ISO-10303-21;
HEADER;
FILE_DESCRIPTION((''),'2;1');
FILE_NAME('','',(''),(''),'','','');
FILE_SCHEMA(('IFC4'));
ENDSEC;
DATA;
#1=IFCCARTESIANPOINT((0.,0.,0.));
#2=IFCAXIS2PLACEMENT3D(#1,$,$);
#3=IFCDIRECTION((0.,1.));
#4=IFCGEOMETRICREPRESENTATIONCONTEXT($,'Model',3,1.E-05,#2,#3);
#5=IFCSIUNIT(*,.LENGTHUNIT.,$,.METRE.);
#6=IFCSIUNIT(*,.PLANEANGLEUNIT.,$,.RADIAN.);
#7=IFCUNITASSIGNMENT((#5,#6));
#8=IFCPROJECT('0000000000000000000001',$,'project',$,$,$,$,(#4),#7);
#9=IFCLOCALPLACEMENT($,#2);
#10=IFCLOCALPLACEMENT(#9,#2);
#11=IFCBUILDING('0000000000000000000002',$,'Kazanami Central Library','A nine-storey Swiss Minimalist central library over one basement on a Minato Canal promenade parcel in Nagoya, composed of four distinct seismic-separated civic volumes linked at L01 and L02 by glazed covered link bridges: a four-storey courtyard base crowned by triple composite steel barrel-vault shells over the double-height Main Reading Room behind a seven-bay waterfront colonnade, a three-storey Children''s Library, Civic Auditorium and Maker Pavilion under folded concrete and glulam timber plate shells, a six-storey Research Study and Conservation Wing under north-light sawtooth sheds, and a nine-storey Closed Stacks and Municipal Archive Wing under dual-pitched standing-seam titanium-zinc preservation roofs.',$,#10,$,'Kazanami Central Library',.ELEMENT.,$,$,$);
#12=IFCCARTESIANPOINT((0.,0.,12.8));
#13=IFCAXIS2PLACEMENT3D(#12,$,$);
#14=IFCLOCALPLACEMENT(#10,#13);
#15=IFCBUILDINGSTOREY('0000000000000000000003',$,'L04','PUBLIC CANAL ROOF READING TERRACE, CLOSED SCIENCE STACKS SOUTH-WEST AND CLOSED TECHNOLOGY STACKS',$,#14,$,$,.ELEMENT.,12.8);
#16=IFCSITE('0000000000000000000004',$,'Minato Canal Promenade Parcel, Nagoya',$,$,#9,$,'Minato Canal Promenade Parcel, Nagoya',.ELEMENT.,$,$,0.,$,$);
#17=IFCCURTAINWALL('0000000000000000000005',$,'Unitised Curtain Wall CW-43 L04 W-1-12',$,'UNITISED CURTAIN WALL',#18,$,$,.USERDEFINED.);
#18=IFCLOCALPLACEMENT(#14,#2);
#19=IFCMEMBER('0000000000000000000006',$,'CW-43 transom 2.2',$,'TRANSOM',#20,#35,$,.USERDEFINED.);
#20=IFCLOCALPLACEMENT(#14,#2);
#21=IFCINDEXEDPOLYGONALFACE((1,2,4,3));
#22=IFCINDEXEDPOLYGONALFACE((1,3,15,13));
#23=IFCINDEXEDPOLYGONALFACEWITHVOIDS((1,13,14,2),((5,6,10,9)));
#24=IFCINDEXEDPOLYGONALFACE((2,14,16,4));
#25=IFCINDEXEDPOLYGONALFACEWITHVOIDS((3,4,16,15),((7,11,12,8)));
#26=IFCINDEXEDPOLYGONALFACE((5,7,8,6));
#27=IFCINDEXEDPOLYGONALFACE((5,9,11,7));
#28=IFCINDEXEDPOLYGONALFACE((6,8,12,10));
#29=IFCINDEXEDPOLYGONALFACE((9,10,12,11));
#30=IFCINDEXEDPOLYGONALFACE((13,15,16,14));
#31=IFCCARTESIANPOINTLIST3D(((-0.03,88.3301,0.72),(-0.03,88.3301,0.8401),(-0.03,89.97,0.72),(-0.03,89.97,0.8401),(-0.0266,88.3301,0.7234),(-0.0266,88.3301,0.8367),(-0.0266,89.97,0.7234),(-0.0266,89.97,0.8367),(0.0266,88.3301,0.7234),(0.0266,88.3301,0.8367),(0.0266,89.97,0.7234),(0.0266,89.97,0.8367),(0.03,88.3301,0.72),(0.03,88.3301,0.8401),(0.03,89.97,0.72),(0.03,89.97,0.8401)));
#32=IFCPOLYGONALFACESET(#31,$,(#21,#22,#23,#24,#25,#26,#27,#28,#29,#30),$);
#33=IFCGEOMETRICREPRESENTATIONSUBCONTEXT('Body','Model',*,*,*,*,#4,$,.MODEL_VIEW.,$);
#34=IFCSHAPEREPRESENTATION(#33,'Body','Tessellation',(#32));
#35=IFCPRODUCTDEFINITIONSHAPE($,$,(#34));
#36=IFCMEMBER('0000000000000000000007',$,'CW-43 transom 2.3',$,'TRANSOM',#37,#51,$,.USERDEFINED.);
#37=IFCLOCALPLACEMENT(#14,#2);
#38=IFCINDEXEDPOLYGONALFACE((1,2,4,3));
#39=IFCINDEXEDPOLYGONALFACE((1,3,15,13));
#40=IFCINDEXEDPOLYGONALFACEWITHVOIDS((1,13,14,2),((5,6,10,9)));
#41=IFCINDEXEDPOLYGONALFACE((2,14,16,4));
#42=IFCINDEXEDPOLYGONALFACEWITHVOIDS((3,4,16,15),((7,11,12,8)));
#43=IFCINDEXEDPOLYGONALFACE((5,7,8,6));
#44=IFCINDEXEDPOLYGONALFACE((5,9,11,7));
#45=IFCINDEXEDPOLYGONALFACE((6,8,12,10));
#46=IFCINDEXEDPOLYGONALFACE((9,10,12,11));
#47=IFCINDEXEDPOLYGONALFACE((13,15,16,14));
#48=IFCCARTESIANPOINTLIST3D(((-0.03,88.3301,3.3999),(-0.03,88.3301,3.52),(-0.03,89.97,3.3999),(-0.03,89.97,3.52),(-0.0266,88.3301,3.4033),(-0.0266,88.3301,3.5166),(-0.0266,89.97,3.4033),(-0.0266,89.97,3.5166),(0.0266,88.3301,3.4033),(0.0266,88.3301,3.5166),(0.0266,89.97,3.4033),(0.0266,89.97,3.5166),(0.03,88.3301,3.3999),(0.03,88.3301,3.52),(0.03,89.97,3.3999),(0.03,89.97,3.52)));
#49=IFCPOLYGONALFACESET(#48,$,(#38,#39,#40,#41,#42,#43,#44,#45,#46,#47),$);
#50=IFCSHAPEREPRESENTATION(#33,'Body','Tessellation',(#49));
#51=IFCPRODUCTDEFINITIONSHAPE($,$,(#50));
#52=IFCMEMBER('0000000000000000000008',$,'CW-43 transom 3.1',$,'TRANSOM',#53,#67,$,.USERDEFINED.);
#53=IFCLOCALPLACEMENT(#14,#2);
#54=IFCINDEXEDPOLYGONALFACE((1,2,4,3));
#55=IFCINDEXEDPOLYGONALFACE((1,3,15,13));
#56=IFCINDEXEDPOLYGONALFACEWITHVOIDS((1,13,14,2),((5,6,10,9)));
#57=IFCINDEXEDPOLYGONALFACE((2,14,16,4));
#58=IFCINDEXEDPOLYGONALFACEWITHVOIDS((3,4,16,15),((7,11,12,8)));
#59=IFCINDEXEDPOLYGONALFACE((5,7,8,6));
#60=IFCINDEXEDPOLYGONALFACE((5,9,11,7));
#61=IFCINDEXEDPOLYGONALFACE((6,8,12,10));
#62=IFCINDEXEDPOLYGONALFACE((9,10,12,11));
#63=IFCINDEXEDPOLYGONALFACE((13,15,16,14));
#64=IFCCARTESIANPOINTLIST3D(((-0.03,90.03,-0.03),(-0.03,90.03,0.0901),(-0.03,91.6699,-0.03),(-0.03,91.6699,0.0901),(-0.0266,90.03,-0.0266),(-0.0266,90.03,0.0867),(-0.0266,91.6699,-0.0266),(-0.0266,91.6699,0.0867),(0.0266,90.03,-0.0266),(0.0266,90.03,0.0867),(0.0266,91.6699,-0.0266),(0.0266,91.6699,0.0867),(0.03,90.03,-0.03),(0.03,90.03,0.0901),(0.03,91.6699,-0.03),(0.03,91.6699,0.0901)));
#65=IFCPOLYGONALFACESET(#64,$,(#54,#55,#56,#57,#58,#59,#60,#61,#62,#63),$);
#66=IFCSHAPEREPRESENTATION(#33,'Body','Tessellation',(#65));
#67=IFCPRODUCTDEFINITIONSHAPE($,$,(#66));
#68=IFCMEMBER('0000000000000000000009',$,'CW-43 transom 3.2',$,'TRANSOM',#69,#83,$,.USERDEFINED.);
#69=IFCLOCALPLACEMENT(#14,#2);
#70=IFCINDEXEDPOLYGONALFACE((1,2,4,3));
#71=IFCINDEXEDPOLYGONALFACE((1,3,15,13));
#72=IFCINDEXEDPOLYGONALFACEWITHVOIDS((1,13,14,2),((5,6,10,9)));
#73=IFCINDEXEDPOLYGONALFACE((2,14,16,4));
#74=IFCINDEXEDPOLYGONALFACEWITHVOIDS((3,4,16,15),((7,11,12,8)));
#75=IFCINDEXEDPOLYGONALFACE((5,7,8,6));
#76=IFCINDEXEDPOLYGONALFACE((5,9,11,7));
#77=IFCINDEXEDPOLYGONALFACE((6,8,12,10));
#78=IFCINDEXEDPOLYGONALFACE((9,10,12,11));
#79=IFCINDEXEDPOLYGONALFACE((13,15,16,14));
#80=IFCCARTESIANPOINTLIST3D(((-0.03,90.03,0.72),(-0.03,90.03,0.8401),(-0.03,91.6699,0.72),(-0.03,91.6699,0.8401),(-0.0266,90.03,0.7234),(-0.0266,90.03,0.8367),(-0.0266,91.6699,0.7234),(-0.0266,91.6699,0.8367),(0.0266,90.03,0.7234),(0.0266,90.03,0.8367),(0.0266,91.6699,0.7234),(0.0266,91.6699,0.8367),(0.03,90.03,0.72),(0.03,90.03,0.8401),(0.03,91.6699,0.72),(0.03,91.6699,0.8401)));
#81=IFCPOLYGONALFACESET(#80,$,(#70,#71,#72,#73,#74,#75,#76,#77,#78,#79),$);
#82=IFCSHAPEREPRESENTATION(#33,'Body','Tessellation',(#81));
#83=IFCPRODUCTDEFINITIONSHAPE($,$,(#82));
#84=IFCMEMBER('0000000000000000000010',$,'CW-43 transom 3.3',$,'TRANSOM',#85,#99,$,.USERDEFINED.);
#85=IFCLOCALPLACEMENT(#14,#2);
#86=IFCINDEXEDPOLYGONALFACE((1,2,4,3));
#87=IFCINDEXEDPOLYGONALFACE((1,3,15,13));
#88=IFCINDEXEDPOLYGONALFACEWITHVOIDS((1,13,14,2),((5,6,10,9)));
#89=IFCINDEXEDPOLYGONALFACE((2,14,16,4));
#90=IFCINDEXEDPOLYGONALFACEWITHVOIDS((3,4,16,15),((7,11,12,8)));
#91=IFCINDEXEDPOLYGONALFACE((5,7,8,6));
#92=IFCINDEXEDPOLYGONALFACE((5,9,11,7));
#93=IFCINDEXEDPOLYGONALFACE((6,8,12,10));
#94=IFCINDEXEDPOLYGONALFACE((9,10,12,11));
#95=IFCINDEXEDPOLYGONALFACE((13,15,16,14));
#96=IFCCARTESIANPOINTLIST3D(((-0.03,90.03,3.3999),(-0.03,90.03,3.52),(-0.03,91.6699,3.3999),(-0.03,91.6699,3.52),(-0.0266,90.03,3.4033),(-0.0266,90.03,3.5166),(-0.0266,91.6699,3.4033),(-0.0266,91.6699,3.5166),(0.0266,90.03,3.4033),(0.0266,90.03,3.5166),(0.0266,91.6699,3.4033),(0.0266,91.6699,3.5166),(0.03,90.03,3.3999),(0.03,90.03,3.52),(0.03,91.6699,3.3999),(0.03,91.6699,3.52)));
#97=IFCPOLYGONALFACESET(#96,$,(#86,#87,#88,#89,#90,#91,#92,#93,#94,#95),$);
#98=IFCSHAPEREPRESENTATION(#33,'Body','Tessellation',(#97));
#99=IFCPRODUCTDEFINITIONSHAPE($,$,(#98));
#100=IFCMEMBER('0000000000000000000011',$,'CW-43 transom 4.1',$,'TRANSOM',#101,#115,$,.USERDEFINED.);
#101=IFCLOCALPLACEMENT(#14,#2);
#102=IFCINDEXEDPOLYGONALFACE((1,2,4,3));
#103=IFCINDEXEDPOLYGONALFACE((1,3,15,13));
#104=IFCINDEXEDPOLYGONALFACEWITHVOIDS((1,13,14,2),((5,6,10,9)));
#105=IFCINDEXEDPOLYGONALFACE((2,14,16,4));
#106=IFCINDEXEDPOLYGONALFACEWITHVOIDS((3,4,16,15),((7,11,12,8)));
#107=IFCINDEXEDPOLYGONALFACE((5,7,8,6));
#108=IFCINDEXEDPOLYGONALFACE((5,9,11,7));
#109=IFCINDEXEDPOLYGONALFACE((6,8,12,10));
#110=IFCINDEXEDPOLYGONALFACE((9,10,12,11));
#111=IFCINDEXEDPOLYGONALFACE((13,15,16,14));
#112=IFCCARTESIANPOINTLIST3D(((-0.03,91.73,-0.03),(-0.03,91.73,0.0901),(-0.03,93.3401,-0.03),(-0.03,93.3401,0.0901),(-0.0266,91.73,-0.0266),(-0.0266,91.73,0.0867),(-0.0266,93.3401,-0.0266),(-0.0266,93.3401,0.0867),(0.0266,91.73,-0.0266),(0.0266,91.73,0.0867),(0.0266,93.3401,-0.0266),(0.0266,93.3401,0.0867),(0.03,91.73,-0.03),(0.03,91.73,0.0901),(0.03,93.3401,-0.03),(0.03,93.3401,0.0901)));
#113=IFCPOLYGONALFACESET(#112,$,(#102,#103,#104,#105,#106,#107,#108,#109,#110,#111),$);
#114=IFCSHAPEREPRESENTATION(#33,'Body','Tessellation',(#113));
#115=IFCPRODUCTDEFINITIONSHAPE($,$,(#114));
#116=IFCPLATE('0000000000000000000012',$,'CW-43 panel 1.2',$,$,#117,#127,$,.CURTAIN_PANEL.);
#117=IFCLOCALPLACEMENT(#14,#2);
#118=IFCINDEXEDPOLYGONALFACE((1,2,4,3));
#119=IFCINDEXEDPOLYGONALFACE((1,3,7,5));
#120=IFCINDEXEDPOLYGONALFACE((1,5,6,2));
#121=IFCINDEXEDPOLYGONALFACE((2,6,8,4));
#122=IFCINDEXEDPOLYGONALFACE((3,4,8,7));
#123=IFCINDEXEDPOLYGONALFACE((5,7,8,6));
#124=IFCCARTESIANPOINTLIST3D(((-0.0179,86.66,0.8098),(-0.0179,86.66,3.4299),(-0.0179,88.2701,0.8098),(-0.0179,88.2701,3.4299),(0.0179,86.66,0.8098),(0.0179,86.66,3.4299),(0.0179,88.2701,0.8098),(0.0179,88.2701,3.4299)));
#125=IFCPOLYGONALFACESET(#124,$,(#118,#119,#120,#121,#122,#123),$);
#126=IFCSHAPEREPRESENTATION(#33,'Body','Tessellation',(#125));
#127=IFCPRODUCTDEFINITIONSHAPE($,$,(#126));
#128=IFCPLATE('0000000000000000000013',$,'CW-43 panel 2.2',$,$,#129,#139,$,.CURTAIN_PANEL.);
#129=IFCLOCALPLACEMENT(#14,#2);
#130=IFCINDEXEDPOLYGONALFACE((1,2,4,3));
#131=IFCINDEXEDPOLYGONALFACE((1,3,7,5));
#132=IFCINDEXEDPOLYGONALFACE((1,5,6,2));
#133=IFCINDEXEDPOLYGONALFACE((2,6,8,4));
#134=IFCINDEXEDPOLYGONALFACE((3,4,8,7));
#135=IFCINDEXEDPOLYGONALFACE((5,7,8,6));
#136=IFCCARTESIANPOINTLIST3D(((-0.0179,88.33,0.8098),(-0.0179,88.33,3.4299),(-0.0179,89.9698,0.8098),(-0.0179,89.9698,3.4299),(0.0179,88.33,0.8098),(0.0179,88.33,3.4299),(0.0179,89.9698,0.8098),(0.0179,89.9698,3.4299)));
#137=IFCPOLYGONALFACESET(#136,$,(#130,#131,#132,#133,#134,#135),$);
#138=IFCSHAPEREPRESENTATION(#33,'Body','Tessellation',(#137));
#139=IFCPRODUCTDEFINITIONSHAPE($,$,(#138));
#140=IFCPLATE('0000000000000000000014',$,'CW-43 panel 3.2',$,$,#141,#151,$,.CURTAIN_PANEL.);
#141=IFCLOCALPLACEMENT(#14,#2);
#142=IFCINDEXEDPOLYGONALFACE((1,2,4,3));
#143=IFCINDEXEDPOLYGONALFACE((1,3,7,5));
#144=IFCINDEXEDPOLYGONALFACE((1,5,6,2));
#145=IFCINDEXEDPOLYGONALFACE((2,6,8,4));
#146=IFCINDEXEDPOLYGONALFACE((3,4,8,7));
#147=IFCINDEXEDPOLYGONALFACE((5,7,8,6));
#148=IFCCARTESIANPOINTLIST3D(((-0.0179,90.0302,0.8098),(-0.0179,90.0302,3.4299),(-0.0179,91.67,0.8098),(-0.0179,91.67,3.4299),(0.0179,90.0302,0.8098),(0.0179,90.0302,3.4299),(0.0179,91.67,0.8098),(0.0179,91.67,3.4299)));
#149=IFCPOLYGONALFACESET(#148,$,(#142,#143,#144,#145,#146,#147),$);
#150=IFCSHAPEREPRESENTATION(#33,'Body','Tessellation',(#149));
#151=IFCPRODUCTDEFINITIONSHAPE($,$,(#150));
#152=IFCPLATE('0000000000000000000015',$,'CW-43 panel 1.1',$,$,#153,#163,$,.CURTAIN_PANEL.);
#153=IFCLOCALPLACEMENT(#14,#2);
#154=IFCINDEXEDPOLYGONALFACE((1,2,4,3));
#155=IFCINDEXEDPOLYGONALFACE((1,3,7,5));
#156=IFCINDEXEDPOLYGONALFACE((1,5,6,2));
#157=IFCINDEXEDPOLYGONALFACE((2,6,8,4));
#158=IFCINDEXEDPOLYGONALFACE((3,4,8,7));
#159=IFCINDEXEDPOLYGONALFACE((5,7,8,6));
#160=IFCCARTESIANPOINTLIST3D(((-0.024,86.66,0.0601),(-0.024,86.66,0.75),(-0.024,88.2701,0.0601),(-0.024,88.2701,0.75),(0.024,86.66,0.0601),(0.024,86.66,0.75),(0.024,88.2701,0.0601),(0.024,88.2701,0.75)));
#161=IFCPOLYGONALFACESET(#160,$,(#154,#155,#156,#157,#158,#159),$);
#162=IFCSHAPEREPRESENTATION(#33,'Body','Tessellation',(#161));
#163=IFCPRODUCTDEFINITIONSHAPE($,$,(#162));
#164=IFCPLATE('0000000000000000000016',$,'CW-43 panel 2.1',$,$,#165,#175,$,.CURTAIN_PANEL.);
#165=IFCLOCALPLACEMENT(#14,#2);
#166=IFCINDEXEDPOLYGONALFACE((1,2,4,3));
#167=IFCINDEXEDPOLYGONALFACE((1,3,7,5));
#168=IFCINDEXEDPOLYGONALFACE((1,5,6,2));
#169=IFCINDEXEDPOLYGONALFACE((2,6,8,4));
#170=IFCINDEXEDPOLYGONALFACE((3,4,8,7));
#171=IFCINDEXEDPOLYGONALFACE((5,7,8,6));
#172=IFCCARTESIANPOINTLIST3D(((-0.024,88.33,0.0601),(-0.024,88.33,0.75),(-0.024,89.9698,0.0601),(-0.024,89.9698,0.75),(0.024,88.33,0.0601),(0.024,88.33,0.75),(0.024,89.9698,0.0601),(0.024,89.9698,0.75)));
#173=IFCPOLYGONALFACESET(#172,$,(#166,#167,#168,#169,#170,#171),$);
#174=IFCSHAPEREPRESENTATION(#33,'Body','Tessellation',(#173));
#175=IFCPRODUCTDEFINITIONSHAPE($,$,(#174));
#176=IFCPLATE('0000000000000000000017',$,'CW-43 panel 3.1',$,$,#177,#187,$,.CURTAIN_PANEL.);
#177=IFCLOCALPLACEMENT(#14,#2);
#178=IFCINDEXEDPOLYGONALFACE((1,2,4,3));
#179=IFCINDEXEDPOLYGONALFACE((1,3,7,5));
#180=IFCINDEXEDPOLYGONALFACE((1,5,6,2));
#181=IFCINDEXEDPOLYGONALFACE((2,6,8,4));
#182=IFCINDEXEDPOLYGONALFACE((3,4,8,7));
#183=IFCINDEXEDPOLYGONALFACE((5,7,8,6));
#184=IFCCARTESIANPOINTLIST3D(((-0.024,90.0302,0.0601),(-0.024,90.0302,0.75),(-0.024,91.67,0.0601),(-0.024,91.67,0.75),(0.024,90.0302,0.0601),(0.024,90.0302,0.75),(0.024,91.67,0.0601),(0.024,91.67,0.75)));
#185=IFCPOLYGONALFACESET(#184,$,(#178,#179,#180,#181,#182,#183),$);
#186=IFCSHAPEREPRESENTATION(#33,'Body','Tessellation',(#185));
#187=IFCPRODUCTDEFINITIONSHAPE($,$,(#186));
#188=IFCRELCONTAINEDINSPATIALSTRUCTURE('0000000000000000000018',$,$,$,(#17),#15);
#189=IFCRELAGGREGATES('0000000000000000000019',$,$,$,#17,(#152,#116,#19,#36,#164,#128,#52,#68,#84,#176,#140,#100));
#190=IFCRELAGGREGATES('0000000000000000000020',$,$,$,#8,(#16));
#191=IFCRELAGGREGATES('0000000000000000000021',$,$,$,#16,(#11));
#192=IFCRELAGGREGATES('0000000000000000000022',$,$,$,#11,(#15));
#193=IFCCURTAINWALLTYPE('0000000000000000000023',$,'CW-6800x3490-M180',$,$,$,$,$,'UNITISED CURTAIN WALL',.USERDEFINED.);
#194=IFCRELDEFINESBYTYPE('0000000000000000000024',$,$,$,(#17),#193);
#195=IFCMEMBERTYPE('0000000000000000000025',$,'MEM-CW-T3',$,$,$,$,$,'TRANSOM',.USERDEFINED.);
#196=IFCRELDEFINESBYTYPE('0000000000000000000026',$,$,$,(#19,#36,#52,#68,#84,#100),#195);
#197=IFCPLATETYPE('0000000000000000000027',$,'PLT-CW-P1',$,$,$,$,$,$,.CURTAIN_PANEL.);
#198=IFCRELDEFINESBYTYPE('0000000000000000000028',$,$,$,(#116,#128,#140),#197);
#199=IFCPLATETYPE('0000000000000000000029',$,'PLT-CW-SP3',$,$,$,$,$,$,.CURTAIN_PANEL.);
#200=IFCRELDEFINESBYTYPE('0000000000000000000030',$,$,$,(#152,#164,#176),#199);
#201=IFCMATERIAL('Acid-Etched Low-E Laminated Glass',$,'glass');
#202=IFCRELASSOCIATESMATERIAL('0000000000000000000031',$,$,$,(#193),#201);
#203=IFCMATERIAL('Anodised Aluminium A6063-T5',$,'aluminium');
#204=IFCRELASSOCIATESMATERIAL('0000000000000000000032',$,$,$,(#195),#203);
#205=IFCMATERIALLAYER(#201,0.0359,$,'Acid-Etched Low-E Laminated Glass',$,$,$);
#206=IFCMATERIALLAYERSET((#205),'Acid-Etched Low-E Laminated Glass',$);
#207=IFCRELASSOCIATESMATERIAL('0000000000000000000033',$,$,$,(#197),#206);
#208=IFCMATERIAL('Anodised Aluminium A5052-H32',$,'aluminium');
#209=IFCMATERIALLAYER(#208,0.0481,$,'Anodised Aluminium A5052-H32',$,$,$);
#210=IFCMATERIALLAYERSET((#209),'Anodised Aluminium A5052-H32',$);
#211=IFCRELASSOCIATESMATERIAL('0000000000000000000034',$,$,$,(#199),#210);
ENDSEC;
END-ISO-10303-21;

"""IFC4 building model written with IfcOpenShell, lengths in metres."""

from ifc_helpers import new_model, si_unit, direction, frame, origin, origin_2d, place, context, subcontext, project, spatial, rectangle, hollow_rectangle, extrude, material, layer, layer_set, material_profile, profile_set, type_object, element, aggregate, save


model = new_model("IFC4")

# Units and contexts
model_context = context("Model", 3, precision=1e-05, world=origin(), true_north=direction((0.0, 1.0)))
body_context = subcontext(model_context, "Body", "Model", "MODEL_VIEW")
ifc_project = project(units=[si_unit("LENGTHUNIT", "METRE"), si_unit("PLANEANGLEUNIT", "RADIAN")], contexts=[model_context])

# Site, building, storey
site_placement = place(None, origin())
site = spatial("IfcSite", under=ifc_project, at=site_placement, Name="Minato Canal Promenade Parcel, Nagoya", LongName="Minato Canal Promenade Parcel, Nagoya", CompositionType="ELEMENT", RefElevation=0.0)
building_placement = place(site_placement, origin())
building = spatial("IfcBuilding", under=site, at=building_placement, Name="Kazanami Central Library", Description="A nine-storey Swiss Minimalist central library over one basement on a Minato Canal promenade parcel in Nagoya, composed of four distinct seismic-separated civic volumes linked at L01 and L02 by glazed covered link bridges: a four-storey courtyard base crowned by triple composite steel barrel-vault shells over the double-height Main Reading Room behind a seven-bay waterfront colonnade, a three-storey Children's Library, Civic Auditorium and Maker Pavilion under folded concrete and glulam timber plate shells, a six-storey Research Study and Conservation Wing under north-light sawtooth sheds, and a nine-storey Closed Stacks and Municipal Archive Wing under dual-pitched standing-seam titanium-zinc preservation roofs.", LongName="Kazanami Central Library", CompositionType="ELEMENT")
storey_placement = place(building_placement, frame((0.0, 0.0, 12.8)))
storey = spatial("IfcBuildingStorey", under=building, at=storey_placement, Name="L04", Description="PUBLIC CANAL ROOF READING TERRACE, CLOSED SCIENCE STACKS SOUTH-WEST AND CLOSED TECHNOLOGY STACKS", CompositionType="ELEMENT", Elevation=12.8)

# Curtain wall, members, plates
ifc_material_1 = material(Name="Acid-Etched Low-E Laminated Glass", Category="glass")
curtain_wall_type = type_object("IfcCurtainWallType", Name="CW-6800x3490-M180", ElementType="UNITISED CURTAIN WALL", PredefinedType="USERDEFINED", material=ifc_material_1)
curtain_wall_placement = place(storey_placement, origin())
curtain_wall = element("IfcCurtainWall", 1, at=curtain_wall_placement, inside=storey, type_object=curtain_wall_type, Name="Unitised Curtain Wall CW-43 L04 W-1-12", ObjectType="UNITISED CURTAIN WALL", PredefinedType="USERDEFINED")
ifc_material_2 = material(Name="Anodised Aluminium A6063-T5", Category="aluminium")
ifc_material_profile_1 = material_profile(ifc_material_2, hollow_rectangle(XDim=0.0601, YDim=0.1201, WallThickness=0.0034, at=origin_2d()), Name="ALU-TRAN-60x120x3.5")
ifc_profile_set_1 = profile_set([ifc_material_profile_1], Name="Anodised Aluminium A6063-T5")
member_type_1 = type_object("IfcMemberType", Name="MEM-CW-T3", ElementType="TRANSOM", PredefinedType="USERDEFINED", material=ifc_profile_set_1)
member_1_placement = place(storey_placement, frame((0.0, 88.3301, 0.78), z_axis=(0.0, 1.0, 0.0), x_axis=(-1.0, 0.0, 0.0)))
member_1 = element("IfcMember", 2, at=member_1_placement, type_object=member_type_1, Name="CW-43 transom 2.2", ObjectType="TRANSOM", PredefinedType="USERDEFINED", context=body_context, shape_type="SweptSolid", body=[
    extrude(hollow_rectangle(XDim=0.0601, YDim=0.1201, WallThickness=0.0034, at=origin_2d()), origin(), (0.0, 0.0, 1.0), 1.6399),
])
member_2_placement = place(storey_placement, frame((0.0, 88.3301, 3.46), z_axis=(0.0, 1.0, 0.0), x_axis=(-1.0, 0.0, 0.0)))
member_2 = element("IfcMember", 3, at=member_2_placement, type_object=member_type_1, Name="CW-43 transom 2.3", ObjectType="TRANSOM", PredefinedType="USERDEFINED", context=body_context, shape_type="SweptSolid", body=[
    extrude(hollow_rectangle(XDim=0.0601, YDim=0.1201, WallThickness=0.0034, at=origin_2d()), origin(), (0.0, 0.0, 1.0), 1.6399),
])
member_3_placement = place(storey_placement, frame((0.0, 90.03, 0.03), z_axis=(0.0, 1.0, 0.0), x_axis=(-1.0, 0.0, 0.0)))
member_3 = element("IfcMember", 4, at=member_3_placement, type_object=member_type_1, Name="CW-43 transom 3.1", ObjectType="TRANSOM", PredefinedType="USERDEFINED", context=body_context, shape_type="SweptSolid", body=[
    extrude(hollow_rectangle(XDim=0.0601, YDim=0.1201, WallThickness=0.0034, at=origin_2d()), origin(), (0.0, 0.0, 1.0), 1.6399),
])
member_4_placement = place(storey_placement, frame((0.0, 90.03, 0.78), z_axis=(0.0, 1.0, 0.0), x_axis=(-1.0, 0.0, 0.0)))
member_4 = element("IfcMember", 5, at=member_4_placement, type_object=member_type_1, Name="CW-43 transom 3.2", ObjectType="TRANSOM", PredefinedType="USERDEFINED", context=body_context, shape_type="SweptSolid", body=[
    extrude(hollow_rectangle(XDim=0.0601, YDim=0.1201, WallThickness=0.0034, at=origin_2d()), origin(), (0.0, 0.0, 1.0), 1.6399),
])
member_5_placement = place(storey_placement, frame((0.0, 90.03, 3.46), z_axis=(0.0, 1.0, 0.0), x_axis=(-1.0, 0.0, 0.0)))
member_5 = element("IfcMember", 6, at=member_5_placement, type_object=member_type_1, Name="CW-43 transom 3.3", ObjectType="TRANSOM", PredefinedType="USERDEFINED", context=body_context, shape_type="SweptSolid", body=[
    extrude(hollow_rectangle(XDim=0.0601, YDim=0.1201, WallThickness=0.0034, at=origin_2d()), origin(), (0.0, 0.0, 1.0), 1.6399),
])
member_6_placement = place(storey_placement, frame((0.0, 91.73, 0.03), z_axis=(0.0, 1.0, 0.0), x_axis=(-1.0, 0.0, 0.0)))
member_6 = element("IfcMember", 7, at=member_6_placement, type_object=member_type_1, Name="CW-43 transom 4.1", ObjectType="TRANSOM", PredefinedType="USERDEFINED", context=body_context, shape_type="SweptSolid", body=[
    extrude(hollow_rectangle(XDim=0.0601, YDim=0.1201, WallThickness=0.0034, at=origin_2d()), origin(), (0.0, 0.0, 1.0), 1.6101),
])
ifc_layer_1 = layer(ifc_material_1, 0.0359, Name="Acid-Etched Low-E Laminated Glass")
ifc_layer_set_1 = layer_set([ifc_layer_1], Name="Acid-Etched Low-E Laminated Glass")
plate_type_1 = type_object("IfcPlateType", Name="PLT-CW-P1", PredefinedType="CURTAIN_PANEL", material=ifc_layer_set_1)
plate_1_placement = place(storey_placement, frame((0.0, 87.4651, 0.8098), z_axis=(0.0, 0.0, 1.0), x_axis=(0.0, 1.0, 0.0)))
plate_1 = element("IfcPlate", 8, at=plate_1_placement, type_object=plate_type_1, Name="CW-43 panel 1.2", PredefinedType="CURTAIN_PANEL", context=body_context, shape_type="SweptSolid", body=[
    extrude(rectangle(XDim=1.6101, YDim=0.0359, at=origin_2d()), origin(), (0.0, 0.0, 1.0), 2.6201),
])
plate_2_placement = place(storey_placement, frame((0.0, 89.1499, 0.8098), z_axis=(0.0, 0.0, 1.0), x_axis=(0.0, 1.0, 0.0)))
plate_2 = element("IfcPlate", 9, at=plate_2_placement, type_object=plate_type_1, Name="CW-43 panel 2.2", PredefinedType="CURTAIN_PANEL", context=body_context, shape_type="SweptSolid", body=[
    extrude(rectangle(XDim=1.6399, YDim=0.0359, at=origin_2d()), origin(), (0.0, 0.0, 1.0), 2.6201),
])
plate_3_placement = place(storey_placement, frame((0.0, 90.8501, 0.8098), z_axis=(0.0, 0.0, 1.0), x_axis=(0.0, 1.0, 0.0)))
plate_3 = element("IfcPlate", 10, at=plate_3_placement, type_object=plate_type_1, Name="CW-43 panel 3.2", PredefinedType="CURTAIN_PANEL", context=body_context, shape_type="SweptSolid", body=[
    extrude(rectangle(XDim=1.6399, YDim=0.0359, at=origin_2d()), origin(), (0.0, 0.0, 1.0), 2.6201),
])
ifc_material_3 = material(Name="Anodised Aluminium A5052-H32", Category="aluminium")
ifc_layer_2 = layer(ifc_material_3, 0.0481, Name="Anodised Aluminium A5052-H32")
ifc_layer_set_2 = layer_set([ifc_layer_2], Name="Anodised Aluminium A5052-H32")
plate_type_2 = type_object("IfcPlateType", Name="PLT-CW-SP3", PredefinedType="CURTAIN_PANEL", material=ifc_layer_set_2)
plate_4_placement = place(storey_placement, frame((0.0, 87.4651, 0.0601), z_axis=(0.0, 0.0, 1.0), x_axis=(0.0, 1.0, 0.0)))
plate_4 = element("IfcPlate", 11, at=plate_4_placement, type_object=plate_type_2, Name="CW-43 panel 1.1", PredefinedType="CURTAIN_PANEL", context=body_context, shape_type="SweptSolid", body=[
    extrude(rectangle(XDim=1.6101, YDim=0.0481, at=origin_2d()), origin(), (0.0, 0.0, 1.0), 0.6899),
])
plate_5_placement = place(storey_placement, frame((0.0, 89.1499, 0.0601), z_axis=(0.0, 0.0, 1.0), x_axis=(0.0, 1.0, 0.0)))
plate_5 = element("IfcPlate", 12, at=plate_5_placement, type_object=plate_type_2, Name="CW-43 panel 2.1", PredefinedType="CURTAIN_PANEL", context=body_context, shape_type="SweptSolid", body=[
    extrude(rectangle(XDim=1.6399, YDim=0.0481, at=origin_2d()), origin(), (0.0, 0.0, 1.0), 0.6899),
])
plate_6_placement = place(storey_placement, frame((0.0, 90.8501, 0.0601), z_axis=(0.0, 0.0, 1.0), x_axis=(0.0, 1.0, 0.0)))
plate_6 = element("IfcPlate", 13, at=plate_6_placement, type_object=plate_type_2, Name="CW-43 panel 3.1", PredefinedType="CURTAIN_PANEL", context=body_context, shape_type="SweptSolid", body=[
    extrude(rectangle(XDim=1.6399, YDim=0.0481, at=origin_2d()), origin(), (0.0, 0.0, 1.0), 0.6899),
])
aggregate(curtain_wall, [plate_4, plate_1, member_1, member_2, plate_5, plate_2, member_3, member_4, member_5, plate_6, plate_3, member_6])

save(model, "model.ifc")
